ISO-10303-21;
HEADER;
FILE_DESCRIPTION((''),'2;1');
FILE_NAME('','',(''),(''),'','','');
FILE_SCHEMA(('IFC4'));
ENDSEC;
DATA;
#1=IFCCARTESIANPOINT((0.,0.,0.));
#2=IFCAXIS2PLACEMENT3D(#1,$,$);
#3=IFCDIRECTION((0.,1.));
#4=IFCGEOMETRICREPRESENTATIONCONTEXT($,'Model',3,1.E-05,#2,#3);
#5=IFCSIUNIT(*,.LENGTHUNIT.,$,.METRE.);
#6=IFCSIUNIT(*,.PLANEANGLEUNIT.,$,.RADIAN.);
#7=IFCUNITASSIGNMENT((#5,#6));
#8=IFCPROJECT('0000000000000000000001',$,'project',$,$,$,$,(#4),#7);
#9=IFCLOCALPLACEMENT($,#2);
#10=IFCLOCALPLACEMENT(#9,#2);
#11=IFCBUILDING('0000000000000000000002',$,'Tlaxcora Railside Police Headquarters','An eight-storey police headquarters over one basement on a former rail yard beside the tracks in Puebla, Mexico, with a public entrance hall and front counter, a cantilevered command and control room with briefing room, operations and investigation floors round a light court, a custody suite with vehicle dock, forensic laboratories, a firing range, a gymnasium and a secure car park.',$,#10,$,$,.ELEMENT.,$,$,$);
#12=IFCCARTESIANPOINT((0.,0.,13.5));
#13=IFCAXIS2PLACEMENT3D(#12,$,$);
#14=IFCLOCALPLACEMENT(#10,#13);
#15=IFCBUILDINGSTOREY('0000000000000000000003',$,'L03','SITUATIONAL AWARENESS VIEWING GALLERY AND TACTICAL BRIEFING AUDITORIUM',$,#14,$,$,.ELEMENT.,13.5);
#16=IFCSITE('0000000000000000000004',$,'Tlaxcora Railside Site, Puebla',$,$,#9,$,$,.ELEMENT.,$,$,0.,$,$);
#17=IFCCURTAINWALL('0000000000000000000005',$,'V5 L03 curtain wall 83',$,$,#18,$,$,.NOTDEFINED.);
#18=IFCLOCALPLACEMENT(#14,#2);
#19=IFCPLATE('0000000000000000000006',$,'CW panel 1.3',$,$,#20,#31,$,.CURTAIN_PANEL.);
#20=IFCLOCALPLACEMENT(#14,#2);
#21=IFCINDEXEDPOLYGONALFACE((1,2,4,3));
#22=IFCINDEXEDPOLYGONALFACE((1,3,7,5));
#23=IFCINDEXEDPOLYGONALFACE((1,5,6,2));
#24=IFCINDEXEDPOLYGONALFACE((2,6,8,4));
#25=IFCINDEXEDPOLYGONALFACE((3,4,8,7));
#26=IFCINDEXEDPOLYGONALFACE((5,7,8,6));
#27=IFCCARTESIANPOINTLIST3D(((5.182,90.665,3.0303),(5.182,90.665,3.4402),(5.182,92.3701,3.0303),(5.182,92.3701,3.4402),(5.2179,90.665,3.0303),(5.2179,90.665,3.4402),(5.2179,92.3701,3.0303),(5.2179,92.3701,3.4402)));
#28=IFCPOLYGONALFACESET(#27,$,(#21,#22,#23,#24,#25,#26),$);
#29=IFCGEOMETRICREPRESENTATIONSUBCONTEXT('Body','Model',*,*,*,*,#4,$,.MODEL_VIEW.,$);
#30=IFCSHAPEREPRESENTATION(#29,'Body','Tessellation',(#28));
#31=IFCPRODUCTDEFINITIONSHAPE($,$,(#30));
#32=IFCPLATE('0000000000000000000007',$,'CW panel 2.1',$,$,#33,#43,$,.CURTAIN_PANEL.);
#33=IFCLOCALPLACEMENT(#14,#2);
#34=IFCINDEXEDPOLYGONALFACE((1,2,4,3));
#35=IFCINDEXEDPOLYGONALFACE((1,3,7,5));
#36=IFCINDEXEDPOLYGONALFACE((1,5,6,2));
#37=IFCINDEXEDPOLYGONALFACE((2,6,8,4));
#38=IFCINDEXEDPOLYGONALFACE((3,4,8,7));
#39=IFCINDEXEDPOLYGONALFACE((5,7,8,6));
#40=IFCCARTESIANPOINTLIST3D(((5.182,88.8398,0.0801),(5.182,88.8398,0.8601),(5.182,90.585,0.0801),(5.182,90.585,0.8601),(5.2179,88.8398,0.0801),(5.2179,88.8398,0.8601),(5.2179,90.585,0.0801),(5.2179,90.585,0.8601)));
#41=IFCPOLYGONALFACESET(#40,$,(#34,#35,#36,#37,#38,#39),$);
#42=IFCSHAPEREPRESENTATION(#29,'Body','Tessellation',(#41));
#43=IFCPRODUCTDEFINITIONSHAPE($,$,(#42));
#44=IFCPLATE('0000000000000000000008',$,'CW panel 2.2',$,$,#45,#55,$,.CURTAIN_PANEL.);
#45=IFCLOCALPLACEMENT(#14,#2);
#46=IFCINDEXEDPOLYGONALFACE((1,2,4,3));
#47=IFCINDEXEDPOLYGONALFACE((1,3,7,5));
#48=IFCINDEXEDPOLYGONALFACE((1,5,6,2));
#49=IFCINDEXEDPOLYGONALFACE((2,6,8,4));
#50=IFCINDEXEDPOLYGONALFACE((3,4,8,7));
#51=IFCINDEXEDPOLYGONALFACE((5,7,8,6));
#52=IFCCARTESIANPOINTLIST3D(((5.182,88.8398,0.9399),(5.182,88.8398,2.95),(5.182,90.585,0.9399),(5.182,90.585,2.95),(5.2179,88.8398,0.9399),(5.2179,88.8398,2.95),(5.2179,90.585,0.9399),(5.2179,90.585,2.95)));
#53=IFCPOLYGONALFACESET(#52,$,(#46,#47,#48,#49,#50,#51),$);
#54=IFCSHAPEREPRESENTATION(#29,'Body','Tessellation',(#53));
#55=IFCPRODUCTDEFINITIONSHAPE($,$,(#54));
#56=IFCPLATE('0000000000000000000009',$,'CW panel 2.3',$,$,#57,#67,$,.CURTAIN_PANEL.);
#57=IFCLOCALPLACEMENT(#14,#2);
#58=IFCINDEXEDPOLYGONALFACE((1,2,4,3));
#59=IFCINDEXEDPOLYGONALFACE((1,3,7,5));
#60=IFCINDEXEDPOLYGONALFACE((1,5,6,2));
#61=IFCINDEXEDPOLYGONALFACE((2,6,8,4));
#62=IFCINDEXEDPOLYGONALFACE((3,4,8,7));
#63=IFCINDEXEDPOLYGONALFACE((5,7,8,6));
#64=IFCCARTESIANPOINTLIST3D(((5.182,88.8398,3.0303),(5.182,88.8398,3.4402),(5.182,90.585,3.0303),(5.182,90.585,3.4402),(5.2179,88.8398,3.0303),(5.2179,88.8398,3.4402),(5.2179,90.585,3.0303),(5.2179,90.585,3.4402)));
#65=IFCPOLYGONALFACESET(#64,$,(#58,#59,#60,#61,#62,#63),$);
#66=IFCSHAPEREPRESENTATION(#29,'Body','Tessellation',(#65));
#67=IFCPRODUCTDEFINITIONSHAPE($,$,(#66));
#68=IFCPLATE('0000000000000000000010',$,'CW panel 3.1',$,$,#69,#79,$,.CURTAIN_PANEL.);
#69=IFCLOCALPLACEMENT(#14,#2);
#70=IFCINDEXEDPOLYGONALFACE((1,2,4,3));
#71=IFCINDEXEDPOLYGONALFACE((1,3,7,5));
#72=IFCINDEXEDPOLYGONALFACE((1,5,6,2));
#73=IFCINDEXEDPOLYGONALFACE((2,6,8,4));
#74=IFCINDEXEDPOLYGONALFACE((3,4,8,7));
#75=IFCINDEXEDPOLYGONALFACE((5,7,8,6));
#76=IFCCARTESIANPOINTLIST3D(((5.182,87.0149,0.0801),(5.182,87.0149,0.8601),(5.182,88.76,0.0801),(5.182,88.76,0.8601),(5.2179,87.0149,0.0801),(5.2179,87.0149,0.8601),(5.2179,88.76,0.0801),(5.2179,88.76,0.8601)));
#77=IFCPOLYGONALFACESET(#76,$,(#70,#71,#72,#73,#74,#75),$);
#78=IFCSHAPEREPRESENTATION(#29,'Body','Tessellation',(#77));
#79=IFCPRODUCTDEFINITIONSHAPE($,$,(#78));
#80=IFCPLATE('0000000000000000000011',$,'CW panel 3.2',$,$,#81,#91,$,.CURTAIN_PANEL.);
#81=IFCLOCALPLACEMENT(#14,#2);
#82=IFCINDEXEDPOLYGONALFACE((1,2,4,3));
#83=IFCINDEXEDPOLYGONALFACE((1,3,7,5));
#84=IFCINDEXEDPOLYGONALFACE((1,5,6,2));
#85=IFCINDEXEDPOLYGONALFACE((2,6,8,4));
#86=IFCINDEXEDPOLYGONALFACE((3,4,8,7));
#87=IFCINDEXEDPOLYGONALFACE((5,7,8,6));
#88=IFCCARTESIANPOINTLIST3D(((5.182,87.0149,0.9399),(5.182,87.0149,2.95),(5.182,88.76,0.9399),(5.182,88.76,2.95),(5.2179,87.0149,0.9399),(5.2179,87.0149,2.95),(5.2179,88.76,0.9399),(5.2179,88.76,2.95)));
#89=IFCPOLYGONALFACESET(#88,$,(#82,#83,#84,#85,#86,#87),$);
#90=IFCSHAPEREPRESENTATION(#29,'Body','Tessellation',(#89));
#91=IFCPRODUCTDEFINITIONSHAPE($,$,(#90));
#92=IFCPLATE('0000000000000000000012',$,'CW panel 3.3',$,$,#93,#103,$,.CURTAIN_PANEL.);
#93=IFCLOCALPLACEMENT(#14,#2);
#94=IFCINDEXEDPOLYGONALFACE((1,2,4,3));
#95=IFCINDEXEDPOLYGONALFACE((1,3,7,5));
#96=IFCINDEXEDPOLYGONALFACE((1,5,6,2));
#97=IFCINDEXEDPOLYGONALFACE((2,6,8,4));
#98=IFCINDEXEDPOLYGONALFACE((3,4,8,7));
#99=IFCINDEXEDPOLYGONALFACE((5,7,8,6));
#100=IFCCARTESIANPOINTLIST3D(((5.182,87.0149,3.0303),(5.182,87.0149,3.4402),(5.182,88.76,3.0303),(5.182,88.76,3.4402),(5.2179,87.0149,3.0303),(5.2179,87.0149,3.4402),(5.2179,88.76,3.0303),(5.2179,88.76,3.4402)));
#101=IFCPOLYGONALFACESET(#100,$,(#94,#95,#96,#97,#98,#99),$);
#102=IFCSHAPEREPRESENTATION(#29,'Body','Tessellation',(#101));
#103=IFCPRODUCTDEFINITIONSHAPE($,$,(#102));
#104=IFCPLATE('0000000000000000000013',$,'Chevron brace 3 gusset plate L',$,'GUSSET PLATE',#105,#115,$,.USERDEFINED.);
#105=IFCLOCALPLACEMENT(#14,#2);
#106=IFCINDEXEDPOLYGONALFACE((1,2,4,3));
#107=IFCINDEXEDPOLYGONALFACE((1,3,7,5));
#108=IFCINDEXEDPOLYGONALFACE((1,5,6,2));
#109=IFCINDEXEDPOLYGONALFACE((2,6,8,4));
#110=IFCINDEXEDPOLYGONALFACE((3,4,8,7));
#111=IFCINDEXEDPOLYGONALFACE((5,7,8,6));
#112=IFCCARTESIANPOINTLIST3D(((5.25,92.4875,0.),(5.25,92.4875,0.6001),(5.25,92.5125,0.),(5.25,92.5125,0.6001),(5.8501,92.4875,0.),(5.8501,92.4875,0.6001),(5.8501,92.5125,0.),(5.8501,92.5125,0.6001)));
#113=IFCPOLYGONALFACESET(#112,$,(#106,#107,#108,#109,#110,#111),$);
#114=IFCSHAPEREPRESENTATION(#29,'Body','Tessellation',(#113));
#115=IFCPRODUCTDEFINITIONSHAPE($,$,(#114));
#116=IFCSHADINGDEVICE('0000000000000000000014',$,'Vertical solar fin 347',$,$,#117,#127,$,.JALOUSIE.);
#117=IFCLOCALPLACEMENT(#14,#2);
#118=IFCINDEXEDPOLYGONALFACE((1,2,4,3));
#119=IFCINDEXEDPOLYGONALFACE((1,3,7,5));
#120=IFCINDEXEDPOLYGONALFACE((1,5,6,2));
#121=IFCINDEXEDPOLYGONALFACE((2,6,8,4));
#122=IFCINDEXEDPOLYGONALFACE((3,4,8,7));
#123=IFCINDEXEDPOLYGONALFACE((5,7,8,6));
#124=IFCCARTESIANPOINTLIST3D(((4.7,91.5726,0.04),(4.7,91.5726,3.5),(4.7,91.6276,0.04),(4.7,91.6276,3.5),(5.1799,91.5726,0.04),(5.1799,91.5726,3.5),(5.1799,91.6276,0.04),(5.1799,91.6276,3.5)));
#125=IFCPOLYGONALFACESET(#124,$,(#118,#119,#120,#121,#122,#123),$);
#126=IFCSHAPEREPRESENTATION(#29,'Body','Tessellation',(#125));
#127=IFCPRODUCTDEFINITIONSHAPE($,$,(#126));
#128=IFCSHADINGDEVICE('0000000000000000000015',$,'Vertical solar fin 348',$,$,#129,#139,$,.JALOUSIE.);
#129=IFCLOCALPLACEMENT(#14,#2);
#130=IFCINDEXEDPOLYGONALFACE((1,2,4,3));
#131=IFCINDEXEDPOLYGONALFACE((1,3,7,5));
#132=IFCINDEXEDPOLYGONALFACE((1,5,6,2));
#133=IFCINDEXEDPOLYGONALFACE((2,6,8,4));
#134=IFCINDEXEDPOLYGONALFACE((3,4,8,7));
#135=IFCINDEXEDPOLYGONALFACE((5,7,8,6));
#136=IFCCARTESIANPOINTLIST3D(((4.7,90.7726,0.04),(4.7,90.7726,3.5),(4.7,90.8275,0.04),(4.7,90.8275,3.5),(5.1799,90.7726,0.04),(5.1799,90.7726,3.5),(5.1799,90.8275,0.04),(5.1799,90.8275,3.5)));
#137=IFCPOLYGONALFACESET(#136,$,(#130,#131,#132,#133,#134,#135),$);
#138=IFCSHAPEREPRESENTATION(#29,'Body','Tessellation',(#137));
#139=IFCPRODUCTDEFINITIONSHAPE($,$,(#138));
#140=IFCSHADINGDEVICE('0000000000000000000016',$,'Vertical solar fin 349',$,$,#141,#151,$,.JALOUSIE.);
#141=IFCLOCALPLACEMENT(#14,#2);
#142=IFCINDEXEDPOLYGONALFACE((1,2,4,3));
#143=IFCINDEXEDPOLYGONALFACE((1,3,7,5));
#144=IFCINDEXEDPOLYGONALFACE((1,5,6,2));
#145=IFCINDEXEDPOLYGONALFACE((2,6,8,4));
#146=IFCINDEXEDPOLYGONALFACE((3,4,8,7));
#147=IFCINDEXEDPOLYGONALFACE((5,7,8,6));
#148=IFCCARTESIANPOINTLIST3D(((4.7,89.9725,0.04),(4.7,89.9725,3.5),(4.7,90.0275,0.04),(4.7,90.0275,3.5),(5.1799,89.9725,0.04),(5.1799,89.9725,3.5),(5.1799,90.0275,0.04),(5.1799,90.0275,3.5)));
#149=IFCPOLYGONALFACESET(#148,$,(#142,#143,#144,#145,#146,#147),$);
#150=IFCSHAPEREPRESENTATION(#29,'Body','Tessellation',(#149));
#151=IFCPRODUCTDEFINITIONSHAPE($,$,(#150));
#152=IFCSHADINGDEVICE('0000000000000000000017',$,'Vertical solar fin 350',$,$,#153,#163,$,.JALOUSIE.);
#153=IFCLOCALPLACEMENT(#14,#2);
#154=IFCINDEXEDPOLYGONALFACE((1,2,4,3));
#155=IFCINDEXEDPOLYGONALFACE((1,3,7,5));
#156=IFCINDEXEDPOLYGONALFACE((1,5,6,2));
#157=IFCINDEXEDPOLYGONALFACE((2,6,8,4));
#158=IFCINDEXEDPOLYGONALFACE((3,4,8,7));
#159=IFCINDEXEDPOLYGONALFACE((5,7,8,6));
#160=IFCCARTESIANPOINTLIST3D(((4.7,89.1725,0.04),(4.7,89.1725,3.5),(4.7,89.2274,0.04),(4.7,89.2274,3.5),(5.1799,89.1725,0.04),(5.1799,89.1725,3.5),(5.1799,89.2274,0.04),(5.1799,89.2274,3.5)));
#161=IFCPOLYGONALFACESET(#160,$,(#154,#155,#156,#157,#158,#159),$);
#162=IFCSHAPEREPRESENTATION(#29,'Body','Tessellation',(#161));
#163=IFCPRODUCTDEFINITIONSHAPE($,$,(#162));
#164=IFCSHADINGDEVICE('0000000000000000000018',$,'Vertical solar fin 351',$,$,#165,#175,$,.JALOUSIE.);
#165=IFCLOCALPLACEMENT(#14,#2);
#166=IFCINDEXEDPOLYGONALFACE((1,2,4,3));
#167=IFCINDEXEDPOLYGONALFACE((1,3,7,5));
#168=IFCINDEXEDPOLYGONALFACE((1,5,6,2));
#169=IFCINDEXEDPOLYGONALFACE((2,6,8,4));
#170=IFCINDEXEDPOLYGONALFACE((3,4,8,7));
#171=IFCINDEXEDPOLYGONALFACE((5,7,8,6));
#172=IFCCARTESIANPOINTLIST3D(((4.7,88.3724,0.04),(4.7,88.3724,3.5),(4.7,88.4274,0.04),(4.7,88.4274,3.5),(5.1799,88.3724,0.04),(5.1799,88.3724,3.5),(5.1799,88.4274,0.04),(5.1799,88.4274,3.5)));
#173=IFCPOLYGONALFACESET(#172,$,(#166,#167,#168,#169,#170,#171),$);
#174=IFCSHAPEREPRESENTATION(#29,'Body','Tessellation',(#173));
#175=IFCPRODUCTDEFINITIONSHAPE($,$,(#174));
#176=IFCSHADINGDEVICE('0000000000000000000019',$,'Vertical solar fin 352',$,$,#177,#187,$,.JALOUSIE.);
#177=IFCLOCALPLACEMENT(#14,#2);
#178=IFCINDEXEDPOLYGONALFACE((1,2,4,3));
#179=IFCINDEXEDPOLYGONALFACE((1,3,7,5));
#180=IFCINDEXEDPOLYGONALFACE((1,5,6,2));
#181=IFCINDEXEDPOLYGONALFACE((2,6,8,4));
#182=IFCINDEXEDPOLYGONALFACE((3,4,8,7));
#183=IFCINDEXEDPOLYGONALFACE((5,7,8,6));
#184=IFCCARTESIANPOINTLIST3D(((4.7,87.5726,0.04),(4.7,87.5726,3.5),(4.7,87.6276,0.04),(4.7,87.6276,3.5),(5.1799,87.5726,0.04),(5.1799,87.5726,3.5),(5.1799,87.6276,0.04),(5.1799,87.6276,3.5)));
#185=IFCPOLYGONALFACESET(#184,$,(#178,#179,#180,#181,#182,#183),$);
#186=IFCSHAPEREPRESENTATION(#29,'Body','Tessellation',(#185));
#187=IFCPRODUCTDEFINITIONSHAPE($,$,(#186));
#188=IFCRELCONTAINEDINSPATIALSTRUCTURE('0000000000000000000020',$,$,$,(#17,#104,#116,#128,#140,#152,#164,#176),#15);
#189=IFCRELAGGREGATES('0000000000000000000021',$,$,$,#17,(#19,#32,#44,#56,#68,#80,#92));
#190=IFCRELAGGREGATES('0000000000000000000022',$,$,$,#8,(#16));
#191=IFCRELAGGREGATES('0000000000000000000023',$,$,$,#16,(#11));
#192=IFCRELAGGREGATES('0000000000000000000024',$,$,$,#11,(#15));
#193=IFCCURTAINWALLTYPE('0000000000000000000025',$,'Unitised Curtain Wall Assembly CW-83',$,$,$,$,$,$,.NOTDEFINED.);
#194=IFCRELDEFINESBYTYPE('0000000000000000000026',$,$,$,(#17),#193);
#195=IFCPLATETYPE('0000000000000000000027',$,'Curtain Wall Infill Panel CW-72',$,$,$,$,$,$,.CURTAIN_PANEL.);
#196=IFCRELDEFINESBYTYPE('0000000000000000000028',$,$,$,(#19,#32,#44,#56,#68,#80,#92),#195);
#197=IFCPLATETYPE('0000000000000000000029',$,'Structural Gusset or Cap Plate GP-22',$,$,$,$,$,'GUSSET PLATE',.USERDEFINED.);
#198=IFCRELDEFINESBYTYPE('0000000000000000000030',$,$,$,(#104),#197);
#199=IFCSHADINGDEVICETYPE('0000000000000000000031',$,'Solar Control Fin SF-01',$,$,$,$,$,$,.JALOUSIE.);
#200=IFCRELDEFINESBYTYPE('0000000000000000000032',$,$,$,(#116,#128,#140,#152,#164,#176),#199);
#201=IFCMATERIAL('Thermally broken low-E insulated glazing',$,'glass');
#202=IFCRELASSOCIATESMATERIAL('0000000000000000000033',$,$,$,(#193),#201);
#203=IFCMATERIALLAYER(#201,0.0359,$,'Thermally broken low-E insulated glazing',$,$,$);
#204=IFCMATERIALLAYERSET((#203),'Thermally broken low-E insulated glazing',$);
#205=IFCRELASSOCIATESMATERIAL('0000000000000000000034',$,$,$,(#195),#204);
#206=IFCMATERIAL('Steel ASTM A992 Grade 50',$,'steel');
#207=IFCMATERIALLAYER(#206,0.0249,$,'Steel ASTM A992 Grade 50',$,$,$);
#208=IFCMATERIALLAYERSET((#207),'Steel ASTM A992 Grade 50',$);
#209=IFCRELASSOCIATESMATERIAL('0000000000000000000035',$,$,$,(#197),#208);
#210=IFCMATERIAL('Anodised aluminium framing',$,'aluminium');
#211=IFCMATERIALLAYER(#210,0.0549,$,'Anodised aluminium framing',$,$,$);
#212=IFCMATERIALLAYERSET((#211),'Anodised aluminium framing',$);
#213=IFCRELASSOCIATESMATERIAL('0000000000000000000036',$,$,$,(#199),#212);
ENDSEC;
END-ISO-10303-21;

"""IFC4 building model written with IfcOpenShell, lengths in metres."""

from ifc_helpers import new_model, si_unit, direction, frame, origin, origin_2d, place, context, subcontext, project, spatial, rectangle, extrude, material, layer, layer_set, type_object, element, aggregate, save


model = new_model("IFC4")

# Units and contexts
model_context = context("Model", 3, precision=1e-05, world=origin(), true_north=direction((0.0, 1.0)))
body_context = subcontext(model_context, "Body", "Model", "MODEL_VIEW")
ifc_project = project(units=[si_unit("LENGTHUNIT", "METRE"), si_unit("PLANEANGLEUNIT", "RADIAN")], contexts=[model_context])

# Site, building, storey
site_placement = place(None, origin())
site = spatial("IfcSite", under=ifc_project, at=site_placement, Name="Tlaxcora Railside Site, Puebla", CompositionType="ELEMENT", RefElevation=0.0)
building_placement = place(site_placement, origin())
building = spatial("IfcBuilding", under=site, at=building_placement, Name="Tlaxcora Railside Police Headquarters", Description="An eight-storey police headquarters over one basement on a former rail yard beside the tracks in Puebla, Mexico, with a public entrance hall and front counter, a cantilevered command and control room with briefing room, operations and investigation floors round a light court, a custody suite with vehicle dock, forensic laboratories, a firing range, a gymnasium and a secure car park.", CompositionType="ELEMENT")
storey_placement = place(building_placement, frame((0.0, 0.0, 13.5)))
storey = spatial("IfcBuildingStorey", under=building, at=storey_placement, Name="L03", Description="SITUATIONAL AWARENESS VIEWING GALLERY AND TACTICAL BRIEFING AUDITORIUM", CompositionType="ELEMENT", Elevation=13.5)

# Curtain wall
ifc_material_1 = material(Name="Thermally broken low-E insulated glazing", Category="glass")
curtain_wall_type = type_object("IfcCurtainWallType", Name="Unitised Curtain Wall Assembly CW-83", PredefinedType="NOTDEFINED", material=ifc_material_1)
curtain_wall_placement = place(storey_placement, origin())
curtain_wall = element("IfcCurtainWall", 1, at=curtain_wall_placement, inside=storey, type_object=curtain_wall_type, Name="V5 L03 curtain wall 83", PredefinedType="NOTDEFINED")
ifc_material_2 = material(Name="Anodised aluminium framing", Category="aluminium")

# Shared definitions
ifc_material_3 = material(Name="Steel ASTM A992 Grade 50", Category="steel")

# Plates
ifc_layer_1 = layer(ifc_material_1, 0.0359, Name="Thermally broken low-E insulated glazing")
ifc_layer_set_1 = layer_set([ifc_layer_1], Name="Thermally broken low-E insulated glazing")
plate_type_1 = type_object("IfcPlateType", Name="Curtain Wall Infill Panel CW-72", PredefinedType="CURTAIN_PANEL", material=ifc_layer_set_1)
plate_1_placement = place(storey_placement, frame((5.2, 91.5176, 3.0303), z_axis=(0.0, 0.0, 1.0), x_axis=(0.0, -1.0, 0.0)))
plate_1 = element("IfcPlate", 2, at=plate_1_placement, type_object=plate_type_1, Name="CW panel 1.3", PredefinedType="CURTAIN_PANEL", context=body_context, shape_type="SweptSolid", body=[
    extrude(rectangle(XDim=1.7051, YDim=0.0359, at=origin_2d()), origin(), (0.0, 0.0, 1.0), 0.4099),
])
plate_2_placement = place(storey_placement, frame((5.2, 89.7124, 0.0801), z_axis=(0.0, 0.0, 1.0), x_axis=(0.0, -1.0, 0.0)))
plate_2 = element("IfcPlate", 3, at=plate_2_placement, type_object=plate_type_1, Name="CW panel 2.1", PredefinedType="CURTAIN_PANEL", context=body_context, shape_type="SweptSolid", body=[
    extrude(rectangle(XDim=1.7451, YDim=0.0359, at=origin_2d()), origin(), (0.0, 0.0, 1.0), 0.78),
])
plate_3_placement = place(storey_placement, frame((5.2, 89.7124, 0.9399), z_axis=(0.0, 0.0, 1.0), x_axis=(0.0, -1.0, 0.0)))
plate_3 = element("IfcPlate", 4, at=plate_3_placement, type_object=plate_type_1, Name="CW panel 2.2", PredefinedType="CURTAIN_PANEL", context=body_context, shape_type="SweptSolid", body=[
    extrude(rectangle(XDim=1.7451, YDim=0.0359, at=origin_2d()), origin(), (0.0, 0.0, 1.0), 2.01),
])
plate_4_placement = place(storey_placement, frame((5.2, 89.7124, 3.0303), z_axis=(0.0, 0.0, 1.0), x_axis=(0.0, -1.0, 0.0)))
plate_4 = element("IfcPlate", 5, at=plate_4_placement, type_object=plate_type_1, Name="CW panel 2.3", PredefinedType="CURTAIN_PANEL", context=body_context, shape_type="SweptSolid", body=[
    extrude(rectangle(XDim=1.7451, YDim=0.0359, at=origin_2d()), origin(), (0.0, 0.0, 1.0), 0.4099),
])
plate_5_placement = place(storey_placement, frame((5.2, 87.8875, 0.0801), z_axis=(0.0, 0.0, 1.0), x_axis=(0.0, -1.0, 0.0)))
plate_5 = element("IfcPlate", 6, at=plate_5_placement, type_object=plate_type_1, Name="CW panel 3.1", PredefinedType="CURTAIN_PANEL", context=body_context, shape_type="SweptSolid", body=[
    extrude(rectangle(XDim=1.7451, YDim=0.0359, at=origin_2d()), origin(), (0.0, 0.0, 1.0), 0.78),
])
plate_6_placement = place(storey_placement, frame((5.2, 87.8875, 0.9399), z_axis=(0.0, 0.0, 1.0), x_axis=(0.0, -1.0, 0.0)))
plate_6 = element("IfcPlate", 7, at=plate_6_placement, type_object=plate_type_1, Name="CW panel 3.2", PredefinedType="CURTAIN_PANEL", context=body_context, shape_type="SweptSolid", body=[
    extrude(rectangle(XDim=1.7451, YDim=0.0359, at=origin_2d()), origin(), (0.0, 0.0, 1.0), 2.01),
])
plate_7_placement = place(storey_placement, frame((5.2, 87.8875, 3.0303), z_axis=(0.0, 0.0, 1.0), x_axis=(0.0, -1.0, 0.0)))
plate_7 = element("IfcPlate", 8, at=plate_7_placement, type_object=plate_type_1, Name="CW panel 3.3", PredefinedType="CURTAIN_PANEL", context=body_context, shape_type="SweptSolid", body=[
    extrude(rectangle(XDim=1.7451, YDim=0.0359, at=origin_2d()), origin(), (0.0, 0.0, 1.0), 0.4099),
])
aggregate(curtain_wall, [plate_1, plate_2, plate_3, plate_4, plate_5, plate_6, plate_7])
ifc_layer_2 = layer(ifc_material_3, 0.0249, Name="Steel ASTM A992 Grade 50")
ifc_layer_set_2 = layer_set([ifc_layer_2], Name="Steel ASTM A992 Grade 50")
plate_type_2 = type_object("IfcPlateType", Name="Structural Gusset or Cap Plate GP-22", ElementType="GUSSET PLATE", PredefinedType="USERDEFINED", material=ifc_layer_set_2)
plate_8_placement = place(storey_placement, frame((5.55, 92.5, 0.0), z_axis=(0.0, 0.0, 1.0), x_axis=(1.0, 0.0, 0.0)))
element("IfcPlate", 9, at=plate_8_placement, inside=storey, type_object=plate_type_2, Name="Chevron brace 3 gusset plate L", ObjectType="GUSSET PLATE", PredefinedType="USERDEFINED", context=body_context, shape_type="SweptSolid", body=[
    extrude(rectangle(XDim=0.6001, YDim=0.0249, at=origin_2d()), origin(), (0.0, 0.0, 1.0), 0.6001),
])

# Shading devices
ifc_layer_3 = layer(ifc_material_2, 0.0549, Name="Anodised aluminium framing")
ifc_layer_set_3 = layer_set([ifc_layer_3], Name="Anodised aluminium framing")
shading_device_type = type_object("IfcShadingDeviceType", Name="Solar Control Fin SF-01", PredefinedType="JALOUSIE", material=ifc_layer_set_3)
for number, where, z_axis, x_axis, name in (
    (10, (4.9399, 91.6001, 0.04), (0.0, 0.0, 1.0), (-1.0, 0.0, 0.0), "Vertical solar fin 347"),
    (11, (4.9399, 90.8, 0.04), (0.0, 0.0, 1.0), (-1.0, 0.0, 0.0), "Vertical solar fin 348"),
    (12, (4.9399, 90.0, 0.04), (0.0, 0.0, 1.0), (-1.0, 0.0, 0.0), "Vertical solar fin 349"),
    (13, (4.9399, 89.2, 0.04), (0.0, 0.0, 1.0), (-1.0, 0.0, 0.0), "Vertical solar fin 350"),
    (14, (4.9399, 88.3999, 0.04), (0.0, 0.0, 1.0), (-1.0, 0.0, 0.0), "Vertical solar fin 351"),
    (15, (4.9399, 87.6001, 0.04), (0.0, 0.0, 1.0), (-1.0, 0.0, 0.0), "Vertical solar fin 352"),
):
    element("IfcShadingDevice", number, at=place(storey_placement, frame(where, z_axis=z_axis, x_axis=x_axis)), inside=storey, type_object=shading_device_type, Name=name, PredefinedType="JALOUSIE", context=body_context, shape_type="SweptSolid", body=[
        extrude(rectangle(XDim=0.48, YDim=0.0549, at=origin_2d()), origin(), (0.0, 0.0, 1.0), 3.46),
    ])

save(model, "model.ifc")
